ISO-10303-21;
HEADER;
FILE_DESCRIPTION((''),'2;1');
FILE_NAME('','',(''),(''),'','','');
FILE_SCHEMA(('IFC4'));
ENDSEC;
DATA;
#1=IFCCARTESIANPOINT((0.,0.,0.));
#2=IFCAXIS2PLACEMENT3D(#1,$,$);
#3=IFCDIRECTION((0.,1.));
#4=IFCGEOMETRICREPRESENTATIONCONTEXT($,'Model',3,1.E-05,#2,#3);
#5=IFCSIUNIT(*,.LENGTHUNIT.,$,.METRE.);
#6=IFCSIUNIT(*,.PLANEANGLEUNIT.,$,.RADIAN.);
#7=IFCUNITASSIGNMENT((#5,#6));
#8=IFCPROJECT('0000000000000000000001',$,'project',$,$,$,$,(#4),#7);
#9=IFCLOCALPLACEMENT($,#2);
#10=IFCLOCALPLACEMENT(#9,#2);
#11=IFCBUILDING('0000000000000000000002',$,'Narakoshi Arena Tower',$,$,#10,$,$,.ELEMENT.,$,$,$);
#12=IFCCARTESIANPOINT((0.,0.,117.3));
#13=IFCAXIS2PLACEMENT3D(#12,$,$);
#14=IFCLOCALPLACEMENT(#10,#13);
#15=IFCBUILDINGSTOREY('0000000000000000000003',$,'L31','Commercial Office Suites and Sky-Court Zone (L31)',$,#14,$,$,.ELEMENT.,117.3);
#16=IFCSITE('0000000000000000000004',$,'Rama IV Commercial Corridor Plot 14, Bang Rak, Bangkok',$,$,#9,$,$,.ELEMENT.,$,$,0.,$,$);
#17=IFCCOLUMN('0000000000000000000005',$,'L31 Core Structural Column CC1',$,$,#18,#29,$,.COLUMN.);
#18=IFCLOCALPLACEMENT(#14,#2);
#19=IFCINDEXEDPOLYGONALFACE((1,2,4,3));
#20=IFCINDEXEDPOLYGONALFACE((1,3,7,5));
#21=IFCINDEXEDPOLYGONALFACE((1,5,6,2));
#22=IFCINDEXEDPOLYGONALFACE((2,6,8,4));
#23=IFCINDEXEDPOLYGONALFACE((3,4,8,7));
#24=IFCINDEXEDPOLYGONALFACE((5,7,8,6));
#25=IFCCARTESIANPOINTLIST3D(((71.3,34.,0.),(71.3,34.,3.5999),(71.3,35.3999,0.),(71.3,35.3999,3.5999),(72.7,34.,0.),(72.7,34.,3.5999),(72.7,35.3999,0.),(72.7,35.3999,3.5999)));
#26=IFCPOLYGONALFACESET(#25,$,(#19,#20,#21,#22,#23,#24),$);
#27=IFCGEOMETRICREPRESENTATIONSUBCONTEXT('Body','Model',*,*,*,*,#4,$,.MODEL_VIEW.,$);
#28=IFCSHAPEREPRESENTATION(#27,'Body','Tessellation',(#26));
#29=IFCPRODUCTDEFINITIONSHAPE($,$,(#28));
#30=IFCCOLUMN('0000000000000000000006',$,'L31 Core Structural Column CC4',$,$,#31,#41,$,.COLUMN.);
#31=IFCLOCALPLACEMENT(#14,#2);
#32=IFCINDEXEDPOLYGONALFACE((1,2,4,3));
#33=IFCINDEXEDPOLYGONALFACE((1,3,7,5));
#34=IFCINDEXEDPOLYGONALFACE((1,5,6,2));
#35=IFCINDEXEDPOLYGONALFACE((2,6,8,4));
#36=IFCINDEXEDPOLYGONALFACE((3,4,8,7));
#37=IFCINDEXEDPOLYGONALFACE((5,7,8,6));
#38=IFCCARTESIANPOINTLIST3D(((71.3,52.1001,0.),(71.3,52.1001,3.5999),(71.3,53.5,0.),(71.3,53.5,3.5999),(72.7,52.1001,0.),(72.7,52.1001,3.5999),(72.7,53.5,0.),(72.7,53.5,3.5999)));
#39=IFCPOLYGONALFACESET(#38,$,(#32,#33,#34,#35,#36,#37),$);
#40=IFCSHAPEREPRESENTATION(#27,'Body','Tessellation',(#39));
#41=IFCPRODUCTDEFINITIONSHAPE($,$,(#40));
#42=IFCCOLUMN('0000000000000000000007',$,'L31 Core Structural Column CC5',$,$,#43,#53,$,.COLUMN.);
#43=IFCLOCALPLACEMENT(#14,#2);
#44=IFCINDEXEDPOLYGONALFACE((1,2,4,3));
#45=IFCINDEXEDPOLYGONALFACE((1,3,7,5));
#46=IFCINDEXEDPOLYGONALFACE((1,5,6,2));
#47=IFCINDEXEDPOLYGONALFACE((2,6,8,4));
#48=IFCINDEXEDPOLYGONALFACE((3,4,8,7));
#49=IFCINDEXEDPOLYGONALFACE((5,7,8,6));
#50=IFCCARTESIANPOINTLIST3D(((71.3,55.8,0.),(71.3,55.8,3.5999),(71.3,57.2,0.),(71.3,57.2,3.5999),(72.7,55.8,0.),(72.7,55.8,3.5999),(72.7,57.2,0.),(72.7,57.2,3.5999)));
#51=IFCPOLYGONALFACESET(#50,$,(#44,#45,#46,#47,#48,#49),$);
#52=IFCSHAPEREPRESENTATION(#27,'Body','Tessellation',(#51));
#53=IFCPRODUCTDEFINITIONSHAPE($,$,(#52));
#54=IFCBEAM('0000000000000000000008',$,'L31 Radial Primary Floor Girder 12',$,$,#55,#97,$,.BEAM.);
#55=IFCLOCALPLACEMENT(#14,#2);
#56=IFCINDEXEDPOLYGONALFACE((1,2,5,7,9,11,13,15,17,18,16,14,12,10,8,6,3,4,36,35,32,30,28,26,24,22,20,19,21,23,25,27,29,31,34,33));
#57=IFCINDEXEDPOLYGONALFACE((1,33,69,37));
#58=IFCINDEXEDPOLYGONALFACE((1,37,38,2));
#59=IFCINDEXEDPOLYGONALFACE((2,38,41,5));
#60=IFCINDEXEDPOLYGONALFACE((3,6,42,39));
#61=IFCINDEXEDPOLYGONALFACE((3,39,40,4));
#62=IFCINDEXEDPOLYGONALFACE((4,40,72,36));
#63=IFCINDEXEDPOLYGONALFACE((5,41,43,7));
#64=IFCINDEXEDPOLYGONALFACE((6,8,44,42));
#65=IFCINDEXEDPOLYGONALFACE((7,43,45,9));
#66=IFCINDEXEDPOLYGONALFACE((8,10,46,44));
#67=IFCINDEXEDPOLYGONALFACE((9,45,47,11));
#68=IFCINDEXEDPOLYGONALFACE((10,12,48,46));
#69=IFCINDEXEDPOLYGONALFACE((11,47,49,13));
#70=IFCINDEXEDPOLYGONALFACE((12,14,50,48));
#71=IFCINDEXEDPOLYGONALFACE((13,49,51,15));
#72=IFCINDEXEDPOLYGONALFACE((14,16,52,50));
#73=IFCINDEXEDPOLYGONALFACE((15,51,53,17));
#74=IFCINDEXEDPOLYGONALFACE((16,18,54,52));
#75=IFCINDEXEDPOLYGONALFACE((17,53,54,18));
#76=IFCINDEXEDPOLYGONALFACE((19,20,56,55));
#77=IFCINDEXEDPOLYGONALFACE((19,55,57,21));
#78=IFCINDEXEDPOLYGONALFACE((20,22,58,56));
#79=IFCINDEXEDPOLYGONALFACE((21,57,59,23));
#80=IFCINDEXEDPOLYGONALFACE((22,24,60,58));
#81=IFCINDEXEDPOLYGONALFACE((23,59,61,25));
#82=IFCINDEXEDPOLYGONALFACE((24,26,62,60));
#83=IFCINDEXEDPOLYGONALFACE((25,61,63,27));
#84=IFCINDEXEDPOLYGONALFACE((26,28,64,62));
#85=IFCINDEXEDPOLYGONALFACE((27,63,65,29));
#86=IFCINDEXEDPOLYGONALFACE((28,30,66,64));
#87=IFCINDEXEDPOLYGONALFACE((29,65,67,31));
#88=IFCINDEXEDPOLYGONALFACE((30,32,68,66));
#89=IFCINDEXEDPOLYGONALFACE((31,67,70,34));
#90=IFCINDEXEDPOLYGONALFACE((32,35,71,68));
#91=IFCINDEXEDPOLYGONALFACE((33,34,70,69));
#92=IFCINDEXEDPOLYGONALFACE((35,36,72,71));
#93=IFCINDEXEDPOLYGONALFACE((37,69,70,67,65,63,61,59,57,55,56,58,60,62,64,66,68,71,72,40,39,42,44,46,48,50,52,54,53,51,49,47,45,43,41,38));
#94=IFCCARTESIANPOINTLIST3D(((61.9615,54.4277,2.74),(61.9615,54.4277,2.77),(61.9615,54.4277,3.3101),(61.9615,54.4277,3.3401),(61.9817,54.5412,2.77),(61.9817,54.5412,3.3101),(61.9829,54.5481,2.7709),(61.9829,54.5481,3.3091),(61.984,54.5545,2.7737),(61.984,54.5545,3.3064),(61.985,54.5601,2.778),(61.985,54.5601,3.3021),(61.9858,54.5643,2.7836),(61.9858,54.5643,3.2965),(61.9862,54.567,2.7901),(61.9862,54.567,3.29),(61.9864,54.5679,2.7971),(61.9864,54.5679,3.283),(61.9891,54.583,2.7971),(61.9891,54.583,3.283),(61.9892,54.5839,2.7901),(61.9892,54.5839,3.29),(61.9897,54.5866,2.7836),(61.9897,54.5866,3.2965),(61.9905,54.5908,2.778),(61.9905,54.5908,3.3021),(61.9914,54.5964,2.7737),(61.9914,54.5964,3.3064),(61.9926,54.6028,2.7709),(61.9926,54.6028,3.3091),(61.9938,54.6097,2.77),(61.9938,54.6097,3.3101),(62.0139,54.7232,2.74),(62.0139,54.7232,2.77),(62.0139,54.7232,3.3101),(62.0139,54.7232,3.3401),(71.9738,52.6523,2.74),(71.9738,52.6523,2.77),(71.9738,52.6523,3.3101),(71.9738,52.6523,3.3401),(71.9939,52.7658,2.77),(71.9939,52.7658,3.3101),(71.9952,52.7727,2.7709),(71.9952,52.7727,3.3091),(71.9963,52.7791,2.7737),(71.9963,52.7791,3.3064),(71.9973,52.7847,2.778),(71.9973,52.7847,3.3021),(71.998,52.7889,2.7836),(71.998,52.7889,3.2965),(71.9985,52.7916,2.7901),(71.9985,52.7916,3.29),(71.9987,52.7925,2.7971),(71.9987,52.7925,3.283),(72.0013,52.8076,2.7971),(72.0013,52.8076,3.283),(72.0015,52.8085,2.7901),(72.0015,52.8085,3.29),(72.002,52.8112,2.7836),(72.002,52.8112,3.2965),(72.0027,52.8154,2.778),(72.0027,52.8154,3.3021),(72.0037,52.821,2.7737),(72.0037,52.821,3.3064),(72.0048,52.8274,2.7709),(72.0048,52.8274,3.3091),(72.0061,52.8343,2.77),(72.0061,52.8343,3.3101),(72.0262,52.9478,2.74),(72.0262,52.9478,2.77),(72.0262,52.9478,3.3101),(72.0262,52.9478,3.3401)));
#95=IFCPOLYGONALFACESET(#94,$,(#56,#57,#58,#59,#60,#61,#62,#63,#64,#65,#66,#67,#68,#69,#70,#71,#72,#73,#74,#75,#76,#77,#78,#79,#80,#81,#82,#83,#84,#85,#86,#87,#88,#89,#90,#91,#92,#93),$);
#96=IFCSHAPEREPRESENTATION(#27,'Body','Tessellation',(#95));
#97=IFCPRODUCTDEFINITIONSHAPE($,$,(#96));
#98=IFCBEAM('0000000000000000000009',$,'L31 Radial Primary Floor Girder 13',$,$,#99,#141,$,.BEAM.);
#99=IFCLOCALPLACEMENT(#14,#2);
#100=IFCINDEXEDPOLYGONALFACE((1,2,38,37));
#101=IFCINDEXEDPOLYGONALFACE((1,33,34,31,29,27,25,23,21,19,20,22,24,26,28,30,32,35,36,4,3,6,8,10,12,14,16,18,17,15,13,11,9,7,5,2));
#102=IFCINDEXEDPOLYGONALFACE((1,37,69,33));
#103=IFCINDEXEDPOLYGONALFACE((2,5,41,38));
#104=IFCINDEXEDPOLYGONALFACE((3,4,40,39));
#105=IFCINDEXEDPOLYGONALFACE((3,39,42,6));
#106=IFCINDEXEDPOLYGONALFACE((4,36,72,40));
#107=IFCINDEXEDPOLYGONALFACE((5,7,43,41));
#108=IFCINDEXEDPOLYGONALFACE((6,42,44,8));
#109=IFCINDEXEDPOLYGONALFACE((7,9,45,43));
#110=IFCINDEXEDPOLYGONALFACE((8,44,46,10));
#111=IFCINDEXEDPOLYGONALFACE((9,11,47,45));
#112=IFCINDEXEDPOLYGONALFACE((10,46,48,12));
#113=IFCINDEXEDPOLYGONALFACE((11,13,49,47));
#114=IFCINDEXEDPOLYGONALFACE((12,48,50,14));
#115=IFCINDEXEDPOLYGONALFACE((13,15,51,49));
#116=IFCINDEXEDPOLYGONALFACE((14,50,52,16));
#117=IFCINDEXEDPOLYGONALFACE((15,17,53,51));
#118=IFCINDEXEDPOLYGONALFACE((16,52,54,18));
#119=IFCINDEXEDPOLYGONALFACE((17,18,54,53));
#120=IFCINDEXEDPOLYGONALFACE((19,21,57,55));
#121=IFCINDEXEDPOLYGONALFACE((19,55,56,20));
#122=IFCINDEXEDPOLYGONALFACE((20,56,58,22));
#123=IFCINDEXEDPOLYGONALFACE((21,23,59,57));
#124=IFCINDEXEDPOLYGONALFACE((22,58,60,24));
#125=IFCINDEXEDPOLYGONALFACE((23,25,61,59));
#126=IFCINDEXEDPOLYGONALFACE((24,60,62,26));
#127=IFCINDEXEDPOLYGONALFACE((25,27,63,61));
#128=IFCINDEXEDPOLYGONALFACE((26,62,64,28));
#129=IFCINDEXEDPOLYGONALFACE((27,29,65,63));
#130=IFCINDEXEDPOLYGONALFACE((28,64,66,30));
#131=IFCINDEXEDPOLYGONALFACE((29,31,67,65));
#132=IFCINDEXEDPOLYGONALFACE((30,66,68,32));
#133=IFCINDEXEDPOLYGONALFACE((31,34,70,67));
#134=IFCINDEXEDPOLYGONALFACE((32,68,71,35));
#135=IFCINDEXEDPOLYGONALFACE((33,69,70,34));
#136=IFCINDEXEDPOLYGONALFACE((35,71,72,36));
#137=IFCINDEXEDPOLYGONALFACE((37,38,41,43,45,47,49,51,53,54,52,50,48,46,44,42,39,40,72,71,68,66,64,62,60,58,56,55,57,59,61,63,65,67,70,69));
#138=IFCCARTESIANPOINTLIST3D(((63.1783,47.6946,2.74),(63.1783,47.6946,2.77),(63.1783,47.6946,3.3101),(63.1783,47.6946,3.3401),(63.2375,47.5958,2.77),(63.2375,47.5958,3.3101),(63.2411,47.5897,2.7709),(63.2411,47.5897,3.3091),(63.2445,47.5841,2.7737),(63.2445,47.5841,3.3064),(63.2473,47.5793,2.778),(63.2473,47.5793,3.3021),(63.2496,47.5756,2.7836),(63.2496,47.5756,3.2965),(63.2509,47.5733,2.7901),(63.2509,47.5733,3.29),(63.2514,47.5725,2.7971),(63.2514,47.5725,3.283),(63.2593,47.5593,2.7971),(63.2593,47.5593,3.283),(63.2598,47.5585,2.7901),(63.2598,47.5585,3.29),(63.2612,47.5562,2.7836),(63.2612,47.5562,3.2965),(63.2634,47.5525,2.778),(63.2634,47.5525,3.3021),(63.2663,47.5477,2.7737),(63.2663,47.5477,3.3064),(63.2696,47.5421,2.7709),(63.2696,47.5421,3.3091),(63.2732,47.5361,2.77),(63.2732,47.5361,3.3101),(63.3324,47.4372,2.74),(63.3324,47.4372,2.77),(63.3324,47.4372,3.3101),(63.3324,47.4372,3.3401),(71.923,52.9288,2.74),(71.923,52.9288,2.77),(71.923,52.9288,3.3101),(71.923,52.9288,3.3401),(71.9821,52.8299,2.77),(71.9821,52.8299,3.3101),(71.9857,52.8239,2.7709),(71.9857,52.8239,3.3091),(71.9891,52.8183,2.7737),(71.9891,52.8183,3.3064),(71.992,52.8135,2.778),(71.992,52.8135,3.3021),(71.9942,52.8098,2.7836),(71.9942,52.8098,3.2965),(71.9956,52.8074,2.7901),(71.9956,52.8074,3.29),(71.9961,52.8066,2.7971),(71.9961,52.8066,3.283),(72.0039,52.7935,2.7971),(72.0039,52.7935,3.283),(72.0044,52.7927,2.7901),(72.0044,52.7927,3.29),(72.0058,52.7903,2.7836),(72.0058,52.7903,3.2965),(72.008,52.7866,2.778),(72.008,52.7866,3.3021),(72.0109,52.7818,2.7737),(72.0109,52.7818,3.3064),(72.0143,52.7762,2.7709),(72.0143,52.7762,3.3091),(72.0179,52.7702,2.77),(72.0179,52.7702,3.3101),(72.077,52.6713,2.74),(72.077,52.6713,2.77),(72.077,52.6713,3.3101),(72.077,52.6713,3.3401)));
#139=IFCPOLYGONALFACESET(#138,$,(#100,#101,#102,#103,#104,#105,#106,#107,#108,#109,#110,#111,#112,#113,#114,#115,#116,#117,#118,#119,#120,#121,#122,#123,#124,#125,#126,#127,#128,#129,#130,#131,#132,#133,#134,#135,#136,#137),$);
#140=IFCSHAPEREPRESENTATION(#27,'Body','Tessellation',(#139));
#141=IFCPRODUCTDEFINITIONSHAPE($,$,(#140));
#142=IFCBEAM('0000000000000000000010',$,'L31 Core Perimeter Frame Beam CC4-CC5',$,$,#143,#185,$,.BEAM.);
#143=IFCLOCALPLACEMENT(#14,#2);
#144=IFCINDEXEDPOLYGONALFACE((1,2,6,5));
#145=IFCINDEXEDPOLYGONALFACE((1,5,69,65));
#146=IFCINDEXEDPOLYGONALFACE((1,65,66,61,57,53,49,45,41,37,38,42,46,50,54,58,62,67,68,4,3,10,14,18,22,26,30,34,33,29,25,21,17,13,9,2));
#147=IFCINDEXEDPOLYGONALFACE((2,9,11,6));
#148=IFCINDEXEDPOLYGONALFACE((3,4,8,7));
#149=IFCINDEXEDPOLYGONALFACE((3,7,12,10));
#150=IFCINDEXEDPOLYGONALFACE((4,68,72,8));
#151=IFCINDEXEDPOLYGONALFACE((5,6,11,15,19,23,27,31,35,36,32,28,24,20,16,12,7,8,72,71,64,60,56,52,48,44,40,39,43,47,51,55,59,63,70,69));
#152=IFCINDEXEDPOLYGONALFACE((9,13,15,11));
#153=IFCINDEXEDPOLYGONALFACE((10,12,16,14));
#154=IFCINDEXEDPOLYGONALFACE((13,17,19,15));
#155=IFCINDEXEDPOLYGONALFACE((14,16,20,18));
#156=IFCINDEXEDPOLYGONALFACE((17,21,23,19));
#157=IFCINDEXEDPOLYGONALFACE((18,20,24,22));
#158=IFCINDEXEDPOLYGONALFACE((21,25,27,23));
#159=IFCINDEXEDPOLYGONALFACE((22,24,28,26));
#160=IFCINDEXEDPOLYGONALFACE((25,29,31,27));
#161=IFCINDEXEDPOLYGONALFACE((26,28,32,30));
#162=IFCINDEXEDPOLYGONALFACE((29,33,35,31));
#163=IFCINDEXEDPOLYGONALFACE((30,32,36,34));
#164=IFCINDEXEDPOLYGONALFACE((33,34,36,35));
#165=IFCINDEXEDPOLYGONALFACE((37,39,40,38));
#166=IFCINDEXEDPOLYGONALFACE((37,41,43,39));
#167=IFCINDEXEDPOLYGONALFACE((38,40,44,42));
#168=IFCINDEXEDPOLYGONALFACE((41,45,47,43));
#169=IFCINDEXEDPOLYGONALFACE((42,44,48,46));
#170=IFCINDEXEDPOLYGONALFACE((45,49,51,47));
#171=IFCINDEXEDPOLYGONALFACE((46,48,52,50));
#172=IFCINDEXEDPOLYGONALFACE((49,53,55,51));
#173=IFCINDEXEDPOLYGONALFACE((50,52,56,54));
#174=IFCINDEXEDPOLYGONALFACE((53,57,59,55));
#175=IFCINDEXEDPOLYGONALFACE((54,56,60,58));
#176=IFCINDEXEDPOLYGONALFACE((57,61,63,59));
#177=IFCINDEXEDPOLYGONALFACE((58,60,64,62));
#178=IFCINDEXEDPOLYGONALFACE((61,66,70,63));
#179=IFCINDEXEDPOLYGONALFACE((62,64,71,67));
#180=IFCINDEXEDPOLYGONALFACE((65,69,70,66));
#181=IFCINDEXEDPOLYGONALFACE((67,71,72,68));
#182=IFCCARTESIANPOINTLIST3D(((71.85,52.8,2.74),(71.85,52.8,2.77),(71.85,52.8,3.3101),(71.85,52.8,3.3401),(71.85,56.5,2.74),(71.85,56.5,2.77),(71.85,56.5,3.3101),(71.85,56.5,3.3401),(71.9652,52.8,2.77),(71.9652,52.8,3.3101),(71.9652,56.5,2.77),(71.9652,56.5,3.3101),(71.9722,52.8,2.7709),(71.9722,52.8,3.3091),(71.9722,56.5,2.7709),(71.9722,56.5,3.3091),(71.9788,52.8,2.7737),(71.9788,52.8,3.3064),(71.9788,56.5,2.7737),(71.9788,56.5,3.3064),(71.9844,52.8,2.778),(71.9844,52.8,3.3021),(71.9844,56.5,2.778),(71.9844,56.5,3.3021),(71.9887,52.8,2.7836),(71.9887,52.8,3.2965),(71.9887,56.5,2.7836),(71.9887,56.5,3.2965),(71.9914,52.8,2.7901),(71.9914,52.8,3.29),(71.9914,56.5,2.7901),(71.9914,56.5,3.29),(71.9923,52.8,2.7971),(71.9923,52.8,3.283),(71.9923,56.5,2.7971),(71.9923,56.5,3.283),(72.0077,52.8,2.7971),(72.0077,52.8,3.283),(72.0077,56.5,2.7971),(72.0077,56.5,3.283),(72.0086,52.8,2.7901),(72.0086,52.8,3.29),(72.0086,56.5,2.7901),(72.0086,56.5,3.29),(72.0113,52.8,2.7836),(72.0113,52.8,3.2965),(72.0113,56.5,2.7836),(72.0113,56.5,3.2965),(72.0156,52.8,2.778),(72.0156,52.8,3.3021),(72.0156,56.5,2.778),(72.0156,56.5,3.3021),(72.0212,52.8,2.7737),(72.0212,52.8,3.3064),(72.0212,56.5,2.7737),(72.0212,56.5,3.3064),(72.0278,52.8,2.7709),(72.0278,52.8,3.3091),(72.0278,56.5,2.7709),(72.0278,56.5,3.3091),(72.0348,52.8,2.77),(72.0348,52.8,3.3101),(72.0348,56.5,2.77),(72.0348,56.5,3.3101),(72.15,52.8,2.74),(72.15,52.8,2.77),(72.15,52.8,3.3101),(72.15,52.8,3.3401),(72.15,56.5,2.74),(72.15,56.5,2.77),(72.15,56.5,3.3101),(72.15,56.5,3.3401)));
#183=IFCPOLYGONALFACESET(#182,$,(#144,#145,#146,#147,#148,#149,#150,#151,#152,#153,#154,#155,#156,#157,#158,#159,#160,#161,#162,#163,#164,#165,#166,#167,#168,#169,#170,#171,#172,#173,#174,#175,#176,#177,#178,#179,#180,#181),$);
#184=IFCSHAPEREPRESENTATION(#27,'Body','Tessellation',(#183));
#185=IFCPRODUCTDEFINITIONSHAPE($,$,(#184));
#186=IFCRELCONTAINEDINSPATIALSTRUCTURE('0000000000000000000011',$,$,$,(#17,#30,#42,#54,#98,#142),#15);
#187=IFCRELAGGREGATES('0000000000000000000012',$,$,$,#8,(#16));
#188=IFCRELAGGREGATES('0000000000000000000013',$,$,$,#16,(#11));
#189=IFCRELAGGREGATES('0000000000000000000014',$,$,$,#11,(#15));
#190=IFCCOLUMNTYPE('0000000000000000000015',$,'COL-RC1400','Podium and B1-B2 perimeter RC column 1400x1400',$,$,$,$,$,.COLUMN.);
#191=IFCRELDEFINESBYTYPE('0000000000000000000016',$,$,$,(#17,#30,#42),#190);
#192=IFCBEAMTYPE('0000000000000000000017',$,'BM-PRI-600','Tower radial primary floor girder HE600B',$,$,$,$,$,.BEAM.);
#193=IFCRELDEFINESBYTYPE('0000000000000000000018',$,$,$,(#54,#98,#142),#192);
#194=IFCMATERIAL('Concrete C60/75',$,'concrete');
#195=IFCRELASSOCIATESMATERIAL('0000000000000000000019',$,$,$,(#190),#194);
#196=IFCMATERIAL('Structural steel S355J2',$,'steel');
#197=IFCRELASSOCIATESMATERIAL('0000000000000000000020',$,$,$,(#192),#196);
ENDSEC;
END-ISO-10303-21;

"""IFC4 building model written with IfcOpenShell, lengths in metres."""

from ifc_helpers import new_model, si_unit, direction, frame, origin, origin_2d, place, context, subcontext, project, spatial, rectangle, i_section, extrude, material, material_profile, profile_set, type_object, element, save


model = new_model("IFC4")

# Units and contexts
model_context = context("Model", 3, precision=1e-05, world=origin(), true_north=direction((0.0, 1.0)))
body_context = subcontext(model_context, "Body", "Model", "MODEL_VIEW")
ifc_project = project(units=[si_unit("LENGTHUNIT", "METRE"), si_unit("PLANEANGLEUNIT", "RADIAN")], contexts=[model_context])

# Site, building, storey
site_placement = place(None, origin())
site = spatial("IfcSite", under=ifc_project, at=site_placement, Name="Rama IV Commercial Corridor Plot 14, Bang Rak, Bangkok", CompositionType="ELEMENT", RefElevation=0.0)
building_placement = place(site_placement, origin())
building = spatial("IfcBuilding", under=site, at=building_placement, Name="Narakoshi Arena Tower", CompositionType="ELEMENT")
storey_placement = place(building_placement, frame((0.0, 0.0, 117.3)))
storey = spatial("IfcBuildingStorey", under=building, at=storey_placement, Name="L31", Description="Commercial Office Suites and Sky-Court Zone (L31)", CompositionType="ELEMENT", Elevation=117.3)

# Columns
ifc_material_1 = material(Name="Concrete C60/75", Category="concrete")
ifc_material_profile_1 = material_profile(ifc_material_1, rectangle(XDim=1.3999, YDim=1.3999, at=origin_2d()), Name="RC1400x1400")
ifc_profile_set_1 = profile_set([ifc_material_profile_1], Name="Concrete C60/75")
column_type = type_object("IfcColumnType", Name="COL-RC1400", Description="Podium and B1-B2 perimeter RC column 1400x1400", PredefinedType="COLUMN", material=ifc_profile_set_1)
for number, where, z_axis, x_axis, name in (
    (1, (72.0, 34.7, 0.0), (0.0, 0.0, 1.0), (1.0, 0.0, 0.0), "L31 Core Structural Column CC1"),
    (2, (72.0, 52.8, 0.0), (0.0, 0.0, 1.0), (1.0, 0.0, 0.0), "L31 Core Structural Column CC4"),
    (3, (72.0, 56.5, 0.0), (0.0, 0.0, 1.0), (1.0, 0.0, 0.0), "L31 Core Structural Column CC5"),
):
    element("IfcColumn", number, at=place(storey_placement, frame(where, z_axis=z_axis, x_axis=x_axis)), inside=storey, type_object=column_type, Name=name, PredefinedType="COLUMN", context=body_context, shape_type="SweptSolid", body=[
        extrude(rectangle(XDim=1.3999, YDim=1.3999, at=origin_2d()), origin(), (0.0, 0.0, 1.0), 3.5999),
    ])

# Beams
ifc_material_2 = material(Name="Structural steel S355J2", Category="steel")
ifc_material_profile_2 = material_profile(ifc_material_2, i_section(OverallWidth=0.3, OverallDepth=0.6001, WebThickness=0.0154, FlangeThickness=0.03, FilletRadius=0.0271, at=origin_2d()), Name="HE600B")
ifc_profile_set_2 = profile_set([ifc_material_profile_2], Name="Structural steel S355J2")
beam_type_1 = type_object("IfcBeamType", Name="BM-PRI-600", Description="Tower radial primary floor girder HE600B", PredefinedType="BEAM", material=ifc_profile_set_2)
beam_1_placement = place(storey_placement, frame((72.0, 52.8, 3.04), z_axis=(-0.98464, 0.174599, 0.0), x_axis=(-0.174599, -0.98464, 0.0)))
element("IfcBeam", 4, at=beam_1_placement, inside=storey, type_object=beam_type_1, Name="L31 Radial Primary Floor Girder 12", PredefinedType="BEAM", context=body_context, shape_type="SweptSolid", body=[
    extrude(i_section(OverallWidth=0.3, OverallDepth=0.6001, WebThickness=0.0154, FlangeThickness=0.03, FilletRadius=0.0271, at=origin_2d()), origin(), (0.0, 0.0, 1.0), 10.1685),
])
beam_2_placement = place(storey_placement, frame((72.0, 52.8, 3.04), z_axis=(-0.85804, -0.513583, 0.0), x_axis=(0.513583, -0.85804, 0.0)))
element("IfcBeam", 5, at=beam_2_placement, inside=storey, type_object=beam_type_1, Name="L31 Radial Primary Floor Girder 13", PredefinedType="BEAM", context=body_context, shape_type="SweptSolid", body=[
    extrude(i_section(OverallWidth=0.3, OverallDepth=0.6001, WebThickness=0.0154, FlangeThickness=0.03, FilletRadius=0.0271, at=origin_2d()), origin(), (0.0, 0.0, 1.0), 10.1914),
])
beam_3_placement = place(storey_placement, frame((72.0, 52.8, 3.04), z_axis=(0.0, 1.0, 0.0), x_axis=(-1.0, 0.0, 0.0)))
element("IfcBeam", 6, at=beam_3_placement, inside=storey, type_object=beam_type_1, Name="L31 Core Perimeter Frame Beam CC4-CC5", PredefinedType="BEAM", context=body_context, shape_type="SweptSolid", body=[
    extrude(i_section(OverallWidth=0.3, OverallDepth=0.6001, WebThickness=0.0154, FlangeThickness=0.03, FilletRadius=0.0271, at=origin_2d()), origin(), (0.0, 0.0, 1.0), 3.7),
])

save(model, "model.ifc")
